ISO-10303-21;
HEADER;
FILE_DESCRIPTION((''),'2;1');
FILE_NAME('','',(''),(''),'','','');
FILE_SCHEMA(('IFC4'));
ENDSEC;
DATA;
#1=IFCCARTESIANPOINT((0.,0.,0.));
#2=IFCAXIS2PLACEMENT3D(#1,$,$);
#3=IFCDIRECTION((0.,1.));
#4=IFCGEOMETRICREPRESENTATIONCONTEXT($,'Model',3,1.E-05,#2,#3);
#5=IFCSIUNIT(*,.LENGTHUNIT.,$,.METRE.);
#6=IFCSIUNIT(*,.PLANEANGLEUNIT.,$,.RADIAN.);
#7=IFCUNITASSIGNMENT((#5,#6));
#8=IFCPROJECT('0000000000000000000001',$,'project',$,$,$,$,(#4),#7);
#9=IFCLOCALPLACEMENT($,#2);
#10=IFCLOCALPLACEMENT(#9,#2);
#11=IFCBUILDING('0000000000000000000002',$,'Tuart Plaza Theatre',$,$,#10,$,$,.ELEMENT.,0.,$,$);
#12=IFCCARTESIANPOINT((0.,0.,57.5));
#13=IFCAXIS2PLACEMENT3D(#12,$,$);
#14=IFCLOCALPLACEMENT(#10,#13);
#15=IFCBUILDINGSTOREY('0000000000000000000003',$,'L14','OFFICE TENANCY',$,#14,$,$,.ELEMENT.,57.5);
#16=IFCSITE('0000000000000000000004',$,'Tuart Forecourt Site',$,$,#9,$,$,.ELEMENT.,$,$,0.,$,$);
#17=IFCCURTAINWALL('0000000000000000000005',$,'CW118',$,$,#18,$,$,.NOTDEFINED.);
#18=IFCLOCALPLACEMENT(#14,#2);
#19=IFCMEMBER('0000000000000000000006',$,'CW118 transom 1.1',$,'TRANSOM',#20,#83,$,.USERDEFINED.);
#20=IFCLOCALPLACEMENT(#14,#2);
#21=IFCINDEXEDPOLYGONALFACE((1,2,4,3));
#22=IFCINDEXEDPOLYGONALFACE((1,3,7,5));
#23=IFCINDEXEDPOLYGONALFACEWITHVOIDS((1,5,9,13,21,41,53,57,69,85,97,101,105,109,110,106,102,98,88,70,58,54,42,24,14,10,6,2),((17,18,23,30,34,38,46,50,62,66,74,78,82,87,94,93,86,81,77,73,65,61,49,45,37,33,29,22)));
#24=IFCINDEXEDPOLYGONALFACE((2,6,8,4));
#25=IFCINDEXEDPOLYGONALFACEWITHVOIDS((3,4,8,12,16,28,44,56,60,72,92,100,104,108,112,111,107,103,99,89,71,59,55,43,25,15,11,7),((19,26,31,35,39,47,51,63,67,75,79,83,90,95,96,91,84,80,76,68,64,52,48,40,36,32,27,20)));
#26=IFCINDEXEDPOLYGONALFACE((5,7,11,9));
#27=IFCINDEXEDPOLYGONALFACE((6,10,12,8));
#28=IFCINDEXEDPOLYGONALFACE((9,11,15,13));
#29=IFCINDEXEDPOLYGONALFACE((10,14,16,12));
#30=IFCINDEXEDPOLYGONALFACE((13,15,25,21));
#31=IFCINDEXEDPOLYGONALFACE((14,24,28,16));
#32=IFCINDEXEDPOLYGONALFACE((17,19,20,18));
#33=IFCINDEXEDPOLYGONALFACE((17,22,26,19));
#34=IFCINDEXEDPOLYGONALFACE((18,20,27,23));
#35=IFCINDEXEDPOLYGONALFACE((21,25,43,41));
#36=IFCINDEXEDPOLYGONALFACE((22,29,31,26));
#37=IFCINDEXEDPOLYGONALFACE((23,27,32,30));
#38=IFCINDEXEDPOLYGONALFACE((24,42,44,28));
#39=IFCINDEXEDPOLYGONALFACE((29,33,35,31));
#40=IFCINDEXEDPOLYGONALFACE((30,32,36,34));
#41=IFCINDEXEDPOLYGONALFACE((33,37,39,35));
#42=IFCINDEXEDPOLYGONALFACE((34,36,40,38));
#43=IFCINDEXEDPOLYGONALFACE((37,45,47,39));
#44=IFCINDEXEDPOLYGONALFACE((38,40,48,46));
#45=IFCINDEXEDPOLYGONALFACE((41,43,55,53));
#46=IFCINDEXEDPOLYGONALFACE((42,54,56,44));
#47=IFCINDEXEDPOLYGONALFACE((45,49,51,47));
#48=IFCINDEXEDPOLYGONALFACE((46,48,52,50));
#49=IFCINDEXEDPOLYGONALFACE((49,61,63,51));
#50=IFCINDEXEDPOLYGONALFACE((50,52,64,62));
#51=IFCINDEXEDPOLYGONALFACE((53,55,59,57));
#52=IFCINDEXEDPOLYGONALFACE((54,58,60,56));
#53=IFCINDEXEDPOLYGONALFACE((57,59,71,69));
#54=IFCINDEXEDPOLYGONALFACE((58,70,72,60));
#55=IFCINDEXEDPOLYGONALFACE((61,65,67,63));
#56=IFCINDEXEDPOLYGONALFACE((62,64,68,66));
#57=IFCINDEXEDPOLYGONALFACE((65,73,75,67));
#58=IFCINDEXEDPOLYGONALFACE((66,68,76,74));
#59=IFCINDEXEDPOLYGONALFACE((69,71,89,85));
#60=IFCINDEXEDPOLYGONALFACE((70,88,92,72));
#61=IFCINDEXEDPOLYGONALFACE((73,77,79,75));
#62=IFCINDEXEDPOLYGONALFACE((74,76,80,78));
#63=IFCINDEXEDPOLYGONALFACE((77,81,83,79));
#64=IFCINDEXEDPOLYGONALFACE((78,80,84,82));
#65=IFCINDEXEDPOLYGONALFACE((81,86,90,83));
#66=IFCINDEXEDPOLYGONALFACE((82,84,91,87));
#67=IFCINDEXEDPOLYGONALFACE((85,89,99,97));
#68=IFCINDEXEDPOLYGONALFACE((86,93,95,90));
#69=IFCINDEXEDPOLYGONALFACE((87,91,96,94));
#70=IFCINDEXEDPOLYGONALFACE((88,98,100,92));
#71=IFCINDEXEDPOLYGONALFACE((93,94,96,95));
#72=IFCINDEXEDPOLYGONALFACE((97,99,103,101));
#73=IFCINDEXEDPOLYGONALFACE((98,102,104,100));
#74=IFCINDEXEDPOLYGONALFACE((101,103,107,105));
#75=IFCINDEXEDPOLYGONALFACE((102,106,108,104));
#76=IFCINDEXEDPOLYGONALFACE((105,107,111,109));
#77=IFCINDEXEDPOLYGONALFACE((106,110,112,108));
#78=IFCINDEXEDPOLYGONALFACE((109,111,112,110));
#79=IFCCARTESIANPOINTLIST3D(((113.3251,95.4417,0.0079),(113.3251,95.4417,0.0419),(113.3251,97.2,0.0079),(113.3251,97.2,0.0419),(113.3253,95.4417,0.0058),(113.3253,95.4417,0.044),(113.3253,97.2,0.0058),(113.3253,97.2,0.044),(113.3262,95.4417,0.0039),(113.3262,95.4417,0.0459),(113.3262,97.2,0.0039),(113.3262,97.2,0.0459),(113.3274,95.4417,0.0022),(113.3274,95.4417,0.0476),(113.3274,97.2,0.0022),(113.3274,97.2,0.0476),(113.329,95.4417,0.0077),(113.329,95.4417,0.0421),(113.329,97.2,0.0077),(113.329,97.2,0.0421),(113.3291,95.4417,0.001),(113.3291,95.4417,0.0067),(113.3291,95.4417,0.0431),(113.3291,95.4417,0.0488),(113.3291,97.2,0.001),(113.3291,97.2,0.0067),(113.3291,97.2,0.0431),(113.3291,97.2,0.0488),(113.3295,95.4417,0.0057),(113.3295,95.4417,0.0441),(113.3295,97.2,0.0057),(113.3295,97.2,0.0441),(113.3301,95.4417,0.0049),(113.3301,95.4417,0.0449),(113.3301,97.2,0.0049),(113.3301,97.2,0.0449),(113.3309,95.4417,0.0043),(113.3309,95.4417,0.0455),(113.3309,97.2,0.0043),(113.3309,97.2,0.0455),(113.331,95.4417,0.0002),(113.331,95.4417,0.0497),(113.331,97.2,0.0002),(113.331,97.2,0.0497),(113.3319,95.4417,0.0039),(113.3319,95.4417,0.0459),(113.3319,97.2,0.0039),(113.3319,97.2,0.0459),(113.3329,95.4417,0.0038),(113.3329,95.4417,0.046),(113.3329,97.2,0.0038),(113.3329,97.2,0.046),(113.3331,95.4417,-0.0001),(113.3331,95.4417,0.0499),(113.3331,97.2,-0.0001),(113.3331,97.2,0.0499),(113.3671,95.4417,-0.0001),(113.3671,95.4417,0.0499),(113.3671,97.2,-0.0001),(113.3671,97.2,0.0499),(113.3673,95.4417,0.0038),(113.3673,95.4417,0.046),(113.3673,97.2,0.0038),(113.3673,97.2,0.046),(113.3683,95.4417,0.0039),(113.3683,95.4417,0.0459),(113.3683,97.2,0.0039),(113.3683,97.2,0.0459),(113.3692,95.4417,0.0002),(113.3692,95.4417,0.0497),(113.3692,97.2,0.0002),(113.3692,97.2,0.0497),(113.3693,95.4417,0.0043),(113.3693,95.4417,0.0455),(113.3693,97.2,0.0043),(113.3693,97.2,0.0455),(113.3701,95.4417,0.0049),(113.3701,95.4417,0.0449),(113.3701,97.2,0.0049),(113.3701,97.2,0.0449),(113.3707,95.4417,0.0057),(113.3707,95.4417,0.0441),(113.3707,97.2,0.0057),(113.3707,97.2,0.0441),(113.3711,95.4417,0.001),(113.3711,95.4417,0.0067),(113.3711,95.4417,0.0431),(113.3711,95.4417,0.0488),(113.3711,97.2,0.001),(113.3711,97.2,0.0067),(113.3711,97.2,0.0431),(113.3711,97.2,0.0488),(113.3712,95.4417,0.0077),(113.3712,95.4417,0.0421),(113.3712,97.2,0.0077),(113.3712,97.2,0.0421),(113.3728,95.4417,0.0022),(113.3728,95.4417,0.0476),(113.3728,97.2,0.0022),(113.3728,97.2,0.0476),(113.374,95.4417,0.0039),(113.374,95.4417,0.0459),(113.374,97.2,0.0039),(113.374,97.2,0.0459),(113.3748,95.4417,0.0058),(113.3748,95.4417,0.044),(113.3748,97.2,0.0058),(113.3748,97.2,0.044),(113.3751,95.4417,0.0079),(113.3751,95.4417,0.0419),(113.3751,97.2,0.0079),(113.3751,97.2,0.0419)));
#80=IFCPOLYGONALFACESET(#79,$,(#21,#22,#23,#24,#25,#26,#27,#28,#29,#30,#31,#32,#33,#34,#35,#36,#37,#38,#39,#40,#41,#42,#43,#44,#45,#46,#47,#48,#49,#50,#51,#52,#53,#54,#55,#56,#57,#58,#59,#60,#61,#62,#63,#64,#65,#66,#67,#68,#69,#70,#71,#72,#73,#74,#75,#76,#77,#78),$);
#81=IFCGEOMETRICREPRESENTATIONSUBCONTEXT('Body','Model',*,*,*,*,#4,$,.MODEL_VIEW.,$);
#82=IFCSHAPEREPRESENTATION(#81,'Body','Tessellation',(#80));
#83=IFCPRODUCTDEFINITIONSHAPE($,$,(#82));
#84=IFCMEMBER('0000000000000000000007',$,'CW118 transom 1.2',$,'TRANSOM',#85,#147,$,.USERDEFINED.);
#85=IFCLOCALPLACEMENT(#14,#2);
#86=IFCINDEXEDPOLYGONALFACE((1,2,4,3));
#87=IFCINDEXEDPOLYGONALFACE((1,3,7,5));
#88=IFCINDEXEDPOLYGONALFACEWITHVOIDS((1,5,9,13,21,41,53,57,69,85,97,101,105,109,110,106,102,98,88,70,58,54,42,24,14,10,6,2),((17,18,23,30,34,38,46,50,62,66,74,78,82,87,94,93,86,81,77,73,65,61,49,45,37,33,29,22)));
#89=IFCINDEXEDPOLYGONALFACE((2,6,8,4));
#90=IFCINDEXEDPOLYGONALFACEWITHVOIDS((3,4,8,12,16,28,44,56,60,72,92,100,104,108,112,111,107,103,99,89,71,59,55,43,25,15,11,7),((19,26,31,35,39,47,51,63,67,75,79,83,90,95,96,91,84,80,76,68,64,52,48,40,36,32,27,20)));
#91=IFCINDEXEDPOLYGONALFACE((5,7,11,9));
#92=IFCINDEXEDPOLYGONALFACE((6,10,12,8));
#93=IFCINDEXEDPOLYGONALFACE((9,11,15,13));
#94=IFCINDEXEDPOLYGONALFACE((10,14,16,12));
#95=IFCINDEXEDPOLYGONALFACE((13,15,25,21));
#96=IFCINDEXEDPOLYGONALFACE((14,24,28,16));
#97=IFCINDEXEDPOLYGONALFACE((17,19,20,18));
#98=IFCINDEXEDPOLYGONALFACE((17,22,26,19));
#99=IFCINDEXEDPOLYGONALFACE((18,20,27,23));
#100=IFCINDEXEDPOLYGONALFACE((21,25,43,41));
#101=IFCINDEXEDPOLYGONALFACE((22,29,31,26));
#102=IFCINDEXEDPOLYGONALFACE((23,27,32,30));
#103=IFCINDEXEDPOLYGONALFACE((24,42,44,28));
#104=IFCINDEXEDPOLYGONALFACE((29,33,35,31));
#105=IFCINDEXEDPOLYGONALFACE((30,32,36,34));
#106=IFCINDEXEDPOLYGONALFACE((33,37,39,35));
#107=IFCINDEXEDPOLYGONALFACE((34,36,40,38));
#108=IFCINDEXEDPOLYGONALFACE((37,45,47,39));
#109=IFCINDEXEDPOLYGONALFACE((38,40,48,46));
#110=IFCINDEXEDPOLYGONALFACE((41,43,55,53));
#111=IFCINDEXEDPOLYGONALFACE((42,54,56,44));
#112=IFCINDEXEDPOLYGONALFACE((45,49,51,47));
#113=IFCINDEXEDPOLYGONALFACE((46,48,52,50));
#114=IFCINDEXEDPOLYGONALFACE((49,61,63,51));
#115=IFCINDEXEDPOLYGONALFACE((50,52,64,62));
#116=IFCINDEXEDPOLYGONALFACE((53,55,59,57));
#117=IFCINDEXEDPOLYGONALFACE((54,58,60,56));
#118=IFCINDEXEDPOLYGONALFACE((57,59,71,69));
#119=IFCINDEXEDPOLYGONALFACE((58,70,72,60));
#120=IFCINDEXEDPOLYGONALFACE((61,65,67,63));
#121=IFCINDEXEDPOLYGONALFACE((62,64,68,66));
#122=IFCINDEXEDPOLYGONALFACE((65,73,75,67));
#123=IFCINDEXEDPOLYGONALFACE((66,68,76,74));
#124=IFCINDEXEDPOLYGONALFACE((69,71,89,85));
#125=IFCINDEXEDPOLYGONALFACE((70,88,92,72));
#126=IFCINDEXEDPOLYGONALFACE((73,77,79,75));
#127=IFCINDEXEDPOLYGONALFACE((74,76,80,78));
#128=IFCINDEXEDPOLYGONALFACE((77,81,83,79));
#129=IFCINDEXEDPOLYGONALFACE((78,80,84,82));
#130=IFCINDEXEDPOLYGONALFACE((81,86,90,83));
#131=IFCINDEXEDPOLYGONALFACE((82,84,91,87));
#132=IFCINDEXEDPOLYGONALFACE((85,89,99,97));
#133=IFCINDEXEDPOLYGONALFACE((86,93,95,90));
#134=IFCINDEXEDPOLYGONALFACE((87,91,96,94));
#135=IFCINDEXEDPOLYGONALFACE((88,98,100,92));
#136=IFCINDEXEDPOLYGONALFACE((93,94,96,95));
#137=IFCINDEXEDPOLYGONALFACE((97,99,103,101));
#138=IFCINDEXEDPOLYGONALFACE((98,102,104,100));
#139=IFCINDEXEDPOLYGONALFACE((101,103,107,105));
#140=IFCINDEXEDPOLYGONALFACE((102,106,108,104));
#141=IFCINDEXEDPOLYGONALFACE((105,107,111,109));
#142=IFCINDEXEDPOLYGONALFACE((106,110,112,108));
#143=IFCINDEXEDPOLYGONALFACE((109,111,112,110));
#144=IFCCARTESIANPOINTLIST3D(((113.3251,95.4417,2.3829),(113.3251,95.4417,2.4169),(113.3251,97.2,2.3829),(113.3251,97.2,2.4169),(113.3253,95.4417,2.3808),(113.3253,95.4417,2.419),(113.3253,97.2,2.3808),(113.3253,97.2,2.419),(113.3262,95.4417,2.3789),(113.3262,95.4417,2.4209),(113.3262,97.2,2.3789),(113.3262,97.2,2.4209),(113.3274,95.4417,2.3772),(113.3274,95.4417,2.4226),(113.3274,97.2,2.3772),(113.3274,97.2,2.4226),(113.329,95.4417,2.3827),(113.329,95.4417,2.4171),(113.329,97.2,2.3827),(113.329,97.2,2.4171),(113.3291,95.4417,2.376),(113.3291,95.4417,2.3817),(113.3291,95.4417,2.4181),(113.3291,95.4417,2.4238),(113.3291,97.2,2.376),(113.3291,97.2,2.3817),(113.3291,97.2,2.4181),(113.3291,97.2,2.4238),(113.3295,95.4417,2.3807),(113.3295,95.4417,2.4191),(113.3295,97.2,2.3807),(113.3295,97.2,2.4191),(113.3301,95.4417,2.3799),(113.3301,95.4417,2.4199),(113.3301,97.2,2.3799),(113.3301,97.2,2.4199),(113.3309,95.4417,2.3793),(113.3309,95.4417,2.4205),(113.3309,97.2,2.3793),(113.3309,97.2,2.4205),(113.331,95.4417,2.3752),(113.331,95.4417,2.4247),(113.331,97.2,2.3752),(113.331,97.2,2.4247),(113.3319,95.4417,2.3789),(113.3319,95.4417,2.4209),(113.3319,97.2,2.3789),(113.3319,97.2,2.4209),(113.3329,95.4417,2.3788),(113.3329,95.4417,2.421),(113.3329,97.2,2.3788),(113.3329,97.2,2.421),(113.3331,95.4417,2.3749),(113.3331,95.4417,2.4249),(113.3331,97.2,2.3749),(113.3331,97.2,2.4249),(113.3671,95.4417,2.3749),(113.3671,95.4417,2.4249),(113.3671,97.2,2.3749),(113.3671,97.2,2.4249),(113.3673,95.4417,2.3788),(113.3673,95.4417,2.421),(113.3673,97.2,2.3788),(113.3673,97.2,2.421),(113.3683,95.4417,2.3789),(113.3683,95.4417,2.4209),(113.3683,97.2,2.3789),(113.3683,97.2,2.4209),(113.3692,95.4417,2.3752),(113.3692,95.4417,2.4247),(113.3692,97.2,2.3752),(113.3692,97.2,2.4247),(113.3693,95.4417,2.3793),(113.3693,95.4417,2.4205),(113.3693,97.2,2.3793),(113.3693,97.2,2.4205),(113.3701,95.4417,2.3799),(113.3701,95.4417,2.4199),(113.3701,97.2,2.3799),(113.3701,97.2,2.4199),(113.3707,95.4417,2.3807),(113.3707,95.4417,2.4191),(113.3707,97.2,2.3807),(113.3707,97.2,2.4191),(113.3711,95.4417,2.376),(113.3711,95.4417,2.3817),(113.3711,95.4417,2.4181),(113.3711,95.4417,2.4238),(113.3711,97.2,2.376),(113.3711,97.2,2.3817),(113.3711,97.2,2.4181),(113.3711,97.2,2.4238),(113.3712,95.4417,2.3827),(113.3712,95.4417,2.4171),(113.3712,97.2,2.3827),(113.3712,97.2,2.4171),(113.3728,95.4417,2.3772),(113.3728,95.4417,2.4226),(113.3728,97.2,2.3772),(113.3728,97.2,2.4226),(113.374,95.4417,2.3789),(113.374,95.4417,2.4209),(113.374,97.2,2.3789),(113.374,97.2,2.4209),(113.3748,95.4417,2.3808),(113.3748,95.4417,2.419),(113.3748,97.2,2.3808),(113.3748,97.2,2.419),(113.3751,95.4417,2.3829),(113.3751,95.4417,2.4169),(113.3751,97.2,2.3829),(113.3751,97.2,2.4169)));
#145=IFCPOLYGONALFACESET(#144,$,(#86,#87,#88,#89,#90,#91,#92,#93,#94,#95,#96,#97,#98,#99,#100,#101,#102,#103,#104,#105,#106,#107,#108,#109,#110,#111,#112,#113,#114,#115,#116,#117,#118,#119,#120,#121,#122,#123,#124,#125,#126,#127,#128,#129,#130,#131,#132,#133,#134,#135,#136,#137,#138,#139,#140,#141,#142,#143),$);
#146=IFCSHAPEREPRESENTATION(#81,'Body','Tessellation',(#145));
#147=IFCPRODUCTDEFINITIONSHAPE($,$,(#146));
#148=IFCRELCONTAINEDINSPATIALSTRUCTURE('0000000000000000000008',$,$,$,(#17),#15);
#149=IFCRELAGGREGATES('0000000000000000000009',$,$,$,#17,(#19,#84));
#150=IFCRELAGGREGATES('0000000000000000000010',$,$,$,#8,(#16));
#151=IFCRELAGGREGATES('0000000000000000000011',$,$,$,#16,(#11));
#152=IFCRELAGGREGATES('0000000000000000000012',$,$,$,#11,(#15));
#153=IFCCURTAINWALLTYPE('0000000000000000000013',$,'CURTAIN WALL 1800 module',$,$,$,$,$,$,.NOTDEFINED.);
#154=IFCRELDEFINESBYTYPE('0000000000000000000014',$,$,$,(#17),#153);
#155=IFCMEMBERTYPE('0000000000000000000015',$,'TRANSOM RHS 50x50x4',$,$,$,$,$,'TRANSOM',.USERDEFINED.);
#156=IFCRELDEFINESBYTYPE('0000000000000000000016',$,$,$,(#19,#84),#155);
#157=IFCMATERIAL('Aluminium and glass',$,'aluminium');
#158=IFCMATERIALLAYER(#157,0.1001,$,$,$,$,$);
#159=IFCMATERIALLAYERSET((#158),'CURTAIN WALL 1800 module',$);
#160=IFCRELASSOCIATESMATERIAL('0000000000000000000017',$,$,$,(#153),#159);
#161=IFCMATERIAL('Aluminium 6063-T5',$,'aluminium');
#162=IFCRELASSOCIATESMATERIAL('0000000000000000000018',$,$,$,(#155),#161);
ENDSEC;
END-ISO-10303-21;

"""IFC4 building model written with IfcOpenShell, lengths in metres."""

from ifc_helpers import new_model, si_unit, direction, frame, origin, origin_2d, place, context, subcontext, project, spatial, hollow_rectangle, extrude, material, layer, layer_set, material_profile, profile_set, type_object, element, aggregate, save


model = new_model("IFC4")

# Units and contexts
model_context = context("Model", 3, precision=1e-05, world=origin(), true_north=direction((0.0, 1.0)))
body_context = subcontext(model_context, "Body", "Model", "MODEL_VIEW")
ifc_project = project(units=[si_unit("LENGTHUNIT", "METRE"), si_unit("PLANEANGLEUNIT", "RADIAN")], contexts=[model_context])

# Site, building, storey
site_placement = place(None, origin())
site = spatial("IfcSite", under=ifc_project, at=site_placement, Name="Tuart Forecourt Site", CompositionType="ELEMENT", RefElevation=0.0)
building_placement = place(site_placement, origin())
building = spatial("IfcBuilding", under=site, at=building_placement, Name="Tuart Plaza Theatre", CompositionType="ELEMENT", ElevationOfRefHeight=0.0)
storey_placement = place(building_placement, frame((0.0, 0.0, 57.5)))
storey = spatial("IfcBuildingStorey", under=building, at=storey_placement, Name="L14", Description="OFFICE TENANCY", CompositionType="ELEMENT", Elevation=57.5)

# Curtain wall, members
ifc_material_1 = material(Name="Aluminium and glass", Category="aluminium")
ifc_layer_1 = layer(ifc_material_1, 0.1001)
ifc_layer_set_1 = layer_set([ifc_layer_1], Name="CURTAIN WALL 1800 module")
curtain_wall_type = type_object("IfcCurtainWallType", Name="CURTAIN WALL 1800 module", PredefinedType="NOTDEFINED", material=ifc_layer_set_1)
curtain_wall_placement = place(storey_placement, origin())
curtain_wall = element("IfcCurtainWall", 1, at=curtain_wall_placement, inside=storey, type_object=curtain_wall_type, Name="CW118", PredefinedType="NOTDEFINED")
ifc_material_2 = material(Name="Aluminium 6063-T5", Category="aluminium")
ifc_material_profile_1 = material_profile(ifc_material_2, hollow_rectangle(XDim=0.05, YDim=0.05, WallThickness=0.0039, InnerFilletRadius=0.0039, OuterFilletRadius=0.0081, at=origin_2d()), Name="RHS 50x50x4")
ifc_profile_set_1 = profile_set([ifc_material_profile_1], Name="Aluminium 6063-T5")
member_type_1 = type_object("IfcMemberType", Name="TRANSOM RHS 50x50x4", ElementType="TRANSOM", PredefinedType="USERDEFINED", material=ifc_profile_set_1)
member_1_placement = place(storey_placement, frame((113.3501, 97.2, 0.0249), z_axis=(0.0, -1.0, 0.0), x_axis=(1.0, 0.0, 0.0)))
member_1 = element("IfcMember", 2, at=member_1_placement, type_object=member_type_1, Name="CW118 transom 1.1", ObjectType="TRANSOM", PredefinedType="USERDEFINED", context=body_context, shape_type="SweptSolid", body=[
    extrude(hollow_rectangle(XDim=0.05, YDim=0.05, WallThickness=0.0039, InnerFilletRadius=0.0039, OuterFilletRadius=0.0081, at=origin_2d()), origin(), (0.0, 0.0, 1.0), 1.7583),
])
member_2_placement = place(storey_placement, frame((113.3501, 97.2, 2.3999), z_axis=(0.0, -1.0, 0.0), x_axis=(1.0, 0.0, 0.0)))
member_2 = element("IfcMember", 3, at=member_2_placement, type_object=member_type_1, Name="CW118 transom 1.2", ObjectType="TRANSOM", PredefinedType="USERDEFINED", context=body_context, shape_type="SweptSolid", body=[
    extrude(hollow_rectangle(XDim=0.05, YDim=0.05, WallThickness=0.0039, InnerFilletRadius=0.0039, OuterFilletRadius=0.0081, at=origin_2d()), origin(), (0.0, 0.0, 1.0), 1.7583),
])
aggregate(curtain_wall, [member_1, member_2])

save(model, "model.ifc")
